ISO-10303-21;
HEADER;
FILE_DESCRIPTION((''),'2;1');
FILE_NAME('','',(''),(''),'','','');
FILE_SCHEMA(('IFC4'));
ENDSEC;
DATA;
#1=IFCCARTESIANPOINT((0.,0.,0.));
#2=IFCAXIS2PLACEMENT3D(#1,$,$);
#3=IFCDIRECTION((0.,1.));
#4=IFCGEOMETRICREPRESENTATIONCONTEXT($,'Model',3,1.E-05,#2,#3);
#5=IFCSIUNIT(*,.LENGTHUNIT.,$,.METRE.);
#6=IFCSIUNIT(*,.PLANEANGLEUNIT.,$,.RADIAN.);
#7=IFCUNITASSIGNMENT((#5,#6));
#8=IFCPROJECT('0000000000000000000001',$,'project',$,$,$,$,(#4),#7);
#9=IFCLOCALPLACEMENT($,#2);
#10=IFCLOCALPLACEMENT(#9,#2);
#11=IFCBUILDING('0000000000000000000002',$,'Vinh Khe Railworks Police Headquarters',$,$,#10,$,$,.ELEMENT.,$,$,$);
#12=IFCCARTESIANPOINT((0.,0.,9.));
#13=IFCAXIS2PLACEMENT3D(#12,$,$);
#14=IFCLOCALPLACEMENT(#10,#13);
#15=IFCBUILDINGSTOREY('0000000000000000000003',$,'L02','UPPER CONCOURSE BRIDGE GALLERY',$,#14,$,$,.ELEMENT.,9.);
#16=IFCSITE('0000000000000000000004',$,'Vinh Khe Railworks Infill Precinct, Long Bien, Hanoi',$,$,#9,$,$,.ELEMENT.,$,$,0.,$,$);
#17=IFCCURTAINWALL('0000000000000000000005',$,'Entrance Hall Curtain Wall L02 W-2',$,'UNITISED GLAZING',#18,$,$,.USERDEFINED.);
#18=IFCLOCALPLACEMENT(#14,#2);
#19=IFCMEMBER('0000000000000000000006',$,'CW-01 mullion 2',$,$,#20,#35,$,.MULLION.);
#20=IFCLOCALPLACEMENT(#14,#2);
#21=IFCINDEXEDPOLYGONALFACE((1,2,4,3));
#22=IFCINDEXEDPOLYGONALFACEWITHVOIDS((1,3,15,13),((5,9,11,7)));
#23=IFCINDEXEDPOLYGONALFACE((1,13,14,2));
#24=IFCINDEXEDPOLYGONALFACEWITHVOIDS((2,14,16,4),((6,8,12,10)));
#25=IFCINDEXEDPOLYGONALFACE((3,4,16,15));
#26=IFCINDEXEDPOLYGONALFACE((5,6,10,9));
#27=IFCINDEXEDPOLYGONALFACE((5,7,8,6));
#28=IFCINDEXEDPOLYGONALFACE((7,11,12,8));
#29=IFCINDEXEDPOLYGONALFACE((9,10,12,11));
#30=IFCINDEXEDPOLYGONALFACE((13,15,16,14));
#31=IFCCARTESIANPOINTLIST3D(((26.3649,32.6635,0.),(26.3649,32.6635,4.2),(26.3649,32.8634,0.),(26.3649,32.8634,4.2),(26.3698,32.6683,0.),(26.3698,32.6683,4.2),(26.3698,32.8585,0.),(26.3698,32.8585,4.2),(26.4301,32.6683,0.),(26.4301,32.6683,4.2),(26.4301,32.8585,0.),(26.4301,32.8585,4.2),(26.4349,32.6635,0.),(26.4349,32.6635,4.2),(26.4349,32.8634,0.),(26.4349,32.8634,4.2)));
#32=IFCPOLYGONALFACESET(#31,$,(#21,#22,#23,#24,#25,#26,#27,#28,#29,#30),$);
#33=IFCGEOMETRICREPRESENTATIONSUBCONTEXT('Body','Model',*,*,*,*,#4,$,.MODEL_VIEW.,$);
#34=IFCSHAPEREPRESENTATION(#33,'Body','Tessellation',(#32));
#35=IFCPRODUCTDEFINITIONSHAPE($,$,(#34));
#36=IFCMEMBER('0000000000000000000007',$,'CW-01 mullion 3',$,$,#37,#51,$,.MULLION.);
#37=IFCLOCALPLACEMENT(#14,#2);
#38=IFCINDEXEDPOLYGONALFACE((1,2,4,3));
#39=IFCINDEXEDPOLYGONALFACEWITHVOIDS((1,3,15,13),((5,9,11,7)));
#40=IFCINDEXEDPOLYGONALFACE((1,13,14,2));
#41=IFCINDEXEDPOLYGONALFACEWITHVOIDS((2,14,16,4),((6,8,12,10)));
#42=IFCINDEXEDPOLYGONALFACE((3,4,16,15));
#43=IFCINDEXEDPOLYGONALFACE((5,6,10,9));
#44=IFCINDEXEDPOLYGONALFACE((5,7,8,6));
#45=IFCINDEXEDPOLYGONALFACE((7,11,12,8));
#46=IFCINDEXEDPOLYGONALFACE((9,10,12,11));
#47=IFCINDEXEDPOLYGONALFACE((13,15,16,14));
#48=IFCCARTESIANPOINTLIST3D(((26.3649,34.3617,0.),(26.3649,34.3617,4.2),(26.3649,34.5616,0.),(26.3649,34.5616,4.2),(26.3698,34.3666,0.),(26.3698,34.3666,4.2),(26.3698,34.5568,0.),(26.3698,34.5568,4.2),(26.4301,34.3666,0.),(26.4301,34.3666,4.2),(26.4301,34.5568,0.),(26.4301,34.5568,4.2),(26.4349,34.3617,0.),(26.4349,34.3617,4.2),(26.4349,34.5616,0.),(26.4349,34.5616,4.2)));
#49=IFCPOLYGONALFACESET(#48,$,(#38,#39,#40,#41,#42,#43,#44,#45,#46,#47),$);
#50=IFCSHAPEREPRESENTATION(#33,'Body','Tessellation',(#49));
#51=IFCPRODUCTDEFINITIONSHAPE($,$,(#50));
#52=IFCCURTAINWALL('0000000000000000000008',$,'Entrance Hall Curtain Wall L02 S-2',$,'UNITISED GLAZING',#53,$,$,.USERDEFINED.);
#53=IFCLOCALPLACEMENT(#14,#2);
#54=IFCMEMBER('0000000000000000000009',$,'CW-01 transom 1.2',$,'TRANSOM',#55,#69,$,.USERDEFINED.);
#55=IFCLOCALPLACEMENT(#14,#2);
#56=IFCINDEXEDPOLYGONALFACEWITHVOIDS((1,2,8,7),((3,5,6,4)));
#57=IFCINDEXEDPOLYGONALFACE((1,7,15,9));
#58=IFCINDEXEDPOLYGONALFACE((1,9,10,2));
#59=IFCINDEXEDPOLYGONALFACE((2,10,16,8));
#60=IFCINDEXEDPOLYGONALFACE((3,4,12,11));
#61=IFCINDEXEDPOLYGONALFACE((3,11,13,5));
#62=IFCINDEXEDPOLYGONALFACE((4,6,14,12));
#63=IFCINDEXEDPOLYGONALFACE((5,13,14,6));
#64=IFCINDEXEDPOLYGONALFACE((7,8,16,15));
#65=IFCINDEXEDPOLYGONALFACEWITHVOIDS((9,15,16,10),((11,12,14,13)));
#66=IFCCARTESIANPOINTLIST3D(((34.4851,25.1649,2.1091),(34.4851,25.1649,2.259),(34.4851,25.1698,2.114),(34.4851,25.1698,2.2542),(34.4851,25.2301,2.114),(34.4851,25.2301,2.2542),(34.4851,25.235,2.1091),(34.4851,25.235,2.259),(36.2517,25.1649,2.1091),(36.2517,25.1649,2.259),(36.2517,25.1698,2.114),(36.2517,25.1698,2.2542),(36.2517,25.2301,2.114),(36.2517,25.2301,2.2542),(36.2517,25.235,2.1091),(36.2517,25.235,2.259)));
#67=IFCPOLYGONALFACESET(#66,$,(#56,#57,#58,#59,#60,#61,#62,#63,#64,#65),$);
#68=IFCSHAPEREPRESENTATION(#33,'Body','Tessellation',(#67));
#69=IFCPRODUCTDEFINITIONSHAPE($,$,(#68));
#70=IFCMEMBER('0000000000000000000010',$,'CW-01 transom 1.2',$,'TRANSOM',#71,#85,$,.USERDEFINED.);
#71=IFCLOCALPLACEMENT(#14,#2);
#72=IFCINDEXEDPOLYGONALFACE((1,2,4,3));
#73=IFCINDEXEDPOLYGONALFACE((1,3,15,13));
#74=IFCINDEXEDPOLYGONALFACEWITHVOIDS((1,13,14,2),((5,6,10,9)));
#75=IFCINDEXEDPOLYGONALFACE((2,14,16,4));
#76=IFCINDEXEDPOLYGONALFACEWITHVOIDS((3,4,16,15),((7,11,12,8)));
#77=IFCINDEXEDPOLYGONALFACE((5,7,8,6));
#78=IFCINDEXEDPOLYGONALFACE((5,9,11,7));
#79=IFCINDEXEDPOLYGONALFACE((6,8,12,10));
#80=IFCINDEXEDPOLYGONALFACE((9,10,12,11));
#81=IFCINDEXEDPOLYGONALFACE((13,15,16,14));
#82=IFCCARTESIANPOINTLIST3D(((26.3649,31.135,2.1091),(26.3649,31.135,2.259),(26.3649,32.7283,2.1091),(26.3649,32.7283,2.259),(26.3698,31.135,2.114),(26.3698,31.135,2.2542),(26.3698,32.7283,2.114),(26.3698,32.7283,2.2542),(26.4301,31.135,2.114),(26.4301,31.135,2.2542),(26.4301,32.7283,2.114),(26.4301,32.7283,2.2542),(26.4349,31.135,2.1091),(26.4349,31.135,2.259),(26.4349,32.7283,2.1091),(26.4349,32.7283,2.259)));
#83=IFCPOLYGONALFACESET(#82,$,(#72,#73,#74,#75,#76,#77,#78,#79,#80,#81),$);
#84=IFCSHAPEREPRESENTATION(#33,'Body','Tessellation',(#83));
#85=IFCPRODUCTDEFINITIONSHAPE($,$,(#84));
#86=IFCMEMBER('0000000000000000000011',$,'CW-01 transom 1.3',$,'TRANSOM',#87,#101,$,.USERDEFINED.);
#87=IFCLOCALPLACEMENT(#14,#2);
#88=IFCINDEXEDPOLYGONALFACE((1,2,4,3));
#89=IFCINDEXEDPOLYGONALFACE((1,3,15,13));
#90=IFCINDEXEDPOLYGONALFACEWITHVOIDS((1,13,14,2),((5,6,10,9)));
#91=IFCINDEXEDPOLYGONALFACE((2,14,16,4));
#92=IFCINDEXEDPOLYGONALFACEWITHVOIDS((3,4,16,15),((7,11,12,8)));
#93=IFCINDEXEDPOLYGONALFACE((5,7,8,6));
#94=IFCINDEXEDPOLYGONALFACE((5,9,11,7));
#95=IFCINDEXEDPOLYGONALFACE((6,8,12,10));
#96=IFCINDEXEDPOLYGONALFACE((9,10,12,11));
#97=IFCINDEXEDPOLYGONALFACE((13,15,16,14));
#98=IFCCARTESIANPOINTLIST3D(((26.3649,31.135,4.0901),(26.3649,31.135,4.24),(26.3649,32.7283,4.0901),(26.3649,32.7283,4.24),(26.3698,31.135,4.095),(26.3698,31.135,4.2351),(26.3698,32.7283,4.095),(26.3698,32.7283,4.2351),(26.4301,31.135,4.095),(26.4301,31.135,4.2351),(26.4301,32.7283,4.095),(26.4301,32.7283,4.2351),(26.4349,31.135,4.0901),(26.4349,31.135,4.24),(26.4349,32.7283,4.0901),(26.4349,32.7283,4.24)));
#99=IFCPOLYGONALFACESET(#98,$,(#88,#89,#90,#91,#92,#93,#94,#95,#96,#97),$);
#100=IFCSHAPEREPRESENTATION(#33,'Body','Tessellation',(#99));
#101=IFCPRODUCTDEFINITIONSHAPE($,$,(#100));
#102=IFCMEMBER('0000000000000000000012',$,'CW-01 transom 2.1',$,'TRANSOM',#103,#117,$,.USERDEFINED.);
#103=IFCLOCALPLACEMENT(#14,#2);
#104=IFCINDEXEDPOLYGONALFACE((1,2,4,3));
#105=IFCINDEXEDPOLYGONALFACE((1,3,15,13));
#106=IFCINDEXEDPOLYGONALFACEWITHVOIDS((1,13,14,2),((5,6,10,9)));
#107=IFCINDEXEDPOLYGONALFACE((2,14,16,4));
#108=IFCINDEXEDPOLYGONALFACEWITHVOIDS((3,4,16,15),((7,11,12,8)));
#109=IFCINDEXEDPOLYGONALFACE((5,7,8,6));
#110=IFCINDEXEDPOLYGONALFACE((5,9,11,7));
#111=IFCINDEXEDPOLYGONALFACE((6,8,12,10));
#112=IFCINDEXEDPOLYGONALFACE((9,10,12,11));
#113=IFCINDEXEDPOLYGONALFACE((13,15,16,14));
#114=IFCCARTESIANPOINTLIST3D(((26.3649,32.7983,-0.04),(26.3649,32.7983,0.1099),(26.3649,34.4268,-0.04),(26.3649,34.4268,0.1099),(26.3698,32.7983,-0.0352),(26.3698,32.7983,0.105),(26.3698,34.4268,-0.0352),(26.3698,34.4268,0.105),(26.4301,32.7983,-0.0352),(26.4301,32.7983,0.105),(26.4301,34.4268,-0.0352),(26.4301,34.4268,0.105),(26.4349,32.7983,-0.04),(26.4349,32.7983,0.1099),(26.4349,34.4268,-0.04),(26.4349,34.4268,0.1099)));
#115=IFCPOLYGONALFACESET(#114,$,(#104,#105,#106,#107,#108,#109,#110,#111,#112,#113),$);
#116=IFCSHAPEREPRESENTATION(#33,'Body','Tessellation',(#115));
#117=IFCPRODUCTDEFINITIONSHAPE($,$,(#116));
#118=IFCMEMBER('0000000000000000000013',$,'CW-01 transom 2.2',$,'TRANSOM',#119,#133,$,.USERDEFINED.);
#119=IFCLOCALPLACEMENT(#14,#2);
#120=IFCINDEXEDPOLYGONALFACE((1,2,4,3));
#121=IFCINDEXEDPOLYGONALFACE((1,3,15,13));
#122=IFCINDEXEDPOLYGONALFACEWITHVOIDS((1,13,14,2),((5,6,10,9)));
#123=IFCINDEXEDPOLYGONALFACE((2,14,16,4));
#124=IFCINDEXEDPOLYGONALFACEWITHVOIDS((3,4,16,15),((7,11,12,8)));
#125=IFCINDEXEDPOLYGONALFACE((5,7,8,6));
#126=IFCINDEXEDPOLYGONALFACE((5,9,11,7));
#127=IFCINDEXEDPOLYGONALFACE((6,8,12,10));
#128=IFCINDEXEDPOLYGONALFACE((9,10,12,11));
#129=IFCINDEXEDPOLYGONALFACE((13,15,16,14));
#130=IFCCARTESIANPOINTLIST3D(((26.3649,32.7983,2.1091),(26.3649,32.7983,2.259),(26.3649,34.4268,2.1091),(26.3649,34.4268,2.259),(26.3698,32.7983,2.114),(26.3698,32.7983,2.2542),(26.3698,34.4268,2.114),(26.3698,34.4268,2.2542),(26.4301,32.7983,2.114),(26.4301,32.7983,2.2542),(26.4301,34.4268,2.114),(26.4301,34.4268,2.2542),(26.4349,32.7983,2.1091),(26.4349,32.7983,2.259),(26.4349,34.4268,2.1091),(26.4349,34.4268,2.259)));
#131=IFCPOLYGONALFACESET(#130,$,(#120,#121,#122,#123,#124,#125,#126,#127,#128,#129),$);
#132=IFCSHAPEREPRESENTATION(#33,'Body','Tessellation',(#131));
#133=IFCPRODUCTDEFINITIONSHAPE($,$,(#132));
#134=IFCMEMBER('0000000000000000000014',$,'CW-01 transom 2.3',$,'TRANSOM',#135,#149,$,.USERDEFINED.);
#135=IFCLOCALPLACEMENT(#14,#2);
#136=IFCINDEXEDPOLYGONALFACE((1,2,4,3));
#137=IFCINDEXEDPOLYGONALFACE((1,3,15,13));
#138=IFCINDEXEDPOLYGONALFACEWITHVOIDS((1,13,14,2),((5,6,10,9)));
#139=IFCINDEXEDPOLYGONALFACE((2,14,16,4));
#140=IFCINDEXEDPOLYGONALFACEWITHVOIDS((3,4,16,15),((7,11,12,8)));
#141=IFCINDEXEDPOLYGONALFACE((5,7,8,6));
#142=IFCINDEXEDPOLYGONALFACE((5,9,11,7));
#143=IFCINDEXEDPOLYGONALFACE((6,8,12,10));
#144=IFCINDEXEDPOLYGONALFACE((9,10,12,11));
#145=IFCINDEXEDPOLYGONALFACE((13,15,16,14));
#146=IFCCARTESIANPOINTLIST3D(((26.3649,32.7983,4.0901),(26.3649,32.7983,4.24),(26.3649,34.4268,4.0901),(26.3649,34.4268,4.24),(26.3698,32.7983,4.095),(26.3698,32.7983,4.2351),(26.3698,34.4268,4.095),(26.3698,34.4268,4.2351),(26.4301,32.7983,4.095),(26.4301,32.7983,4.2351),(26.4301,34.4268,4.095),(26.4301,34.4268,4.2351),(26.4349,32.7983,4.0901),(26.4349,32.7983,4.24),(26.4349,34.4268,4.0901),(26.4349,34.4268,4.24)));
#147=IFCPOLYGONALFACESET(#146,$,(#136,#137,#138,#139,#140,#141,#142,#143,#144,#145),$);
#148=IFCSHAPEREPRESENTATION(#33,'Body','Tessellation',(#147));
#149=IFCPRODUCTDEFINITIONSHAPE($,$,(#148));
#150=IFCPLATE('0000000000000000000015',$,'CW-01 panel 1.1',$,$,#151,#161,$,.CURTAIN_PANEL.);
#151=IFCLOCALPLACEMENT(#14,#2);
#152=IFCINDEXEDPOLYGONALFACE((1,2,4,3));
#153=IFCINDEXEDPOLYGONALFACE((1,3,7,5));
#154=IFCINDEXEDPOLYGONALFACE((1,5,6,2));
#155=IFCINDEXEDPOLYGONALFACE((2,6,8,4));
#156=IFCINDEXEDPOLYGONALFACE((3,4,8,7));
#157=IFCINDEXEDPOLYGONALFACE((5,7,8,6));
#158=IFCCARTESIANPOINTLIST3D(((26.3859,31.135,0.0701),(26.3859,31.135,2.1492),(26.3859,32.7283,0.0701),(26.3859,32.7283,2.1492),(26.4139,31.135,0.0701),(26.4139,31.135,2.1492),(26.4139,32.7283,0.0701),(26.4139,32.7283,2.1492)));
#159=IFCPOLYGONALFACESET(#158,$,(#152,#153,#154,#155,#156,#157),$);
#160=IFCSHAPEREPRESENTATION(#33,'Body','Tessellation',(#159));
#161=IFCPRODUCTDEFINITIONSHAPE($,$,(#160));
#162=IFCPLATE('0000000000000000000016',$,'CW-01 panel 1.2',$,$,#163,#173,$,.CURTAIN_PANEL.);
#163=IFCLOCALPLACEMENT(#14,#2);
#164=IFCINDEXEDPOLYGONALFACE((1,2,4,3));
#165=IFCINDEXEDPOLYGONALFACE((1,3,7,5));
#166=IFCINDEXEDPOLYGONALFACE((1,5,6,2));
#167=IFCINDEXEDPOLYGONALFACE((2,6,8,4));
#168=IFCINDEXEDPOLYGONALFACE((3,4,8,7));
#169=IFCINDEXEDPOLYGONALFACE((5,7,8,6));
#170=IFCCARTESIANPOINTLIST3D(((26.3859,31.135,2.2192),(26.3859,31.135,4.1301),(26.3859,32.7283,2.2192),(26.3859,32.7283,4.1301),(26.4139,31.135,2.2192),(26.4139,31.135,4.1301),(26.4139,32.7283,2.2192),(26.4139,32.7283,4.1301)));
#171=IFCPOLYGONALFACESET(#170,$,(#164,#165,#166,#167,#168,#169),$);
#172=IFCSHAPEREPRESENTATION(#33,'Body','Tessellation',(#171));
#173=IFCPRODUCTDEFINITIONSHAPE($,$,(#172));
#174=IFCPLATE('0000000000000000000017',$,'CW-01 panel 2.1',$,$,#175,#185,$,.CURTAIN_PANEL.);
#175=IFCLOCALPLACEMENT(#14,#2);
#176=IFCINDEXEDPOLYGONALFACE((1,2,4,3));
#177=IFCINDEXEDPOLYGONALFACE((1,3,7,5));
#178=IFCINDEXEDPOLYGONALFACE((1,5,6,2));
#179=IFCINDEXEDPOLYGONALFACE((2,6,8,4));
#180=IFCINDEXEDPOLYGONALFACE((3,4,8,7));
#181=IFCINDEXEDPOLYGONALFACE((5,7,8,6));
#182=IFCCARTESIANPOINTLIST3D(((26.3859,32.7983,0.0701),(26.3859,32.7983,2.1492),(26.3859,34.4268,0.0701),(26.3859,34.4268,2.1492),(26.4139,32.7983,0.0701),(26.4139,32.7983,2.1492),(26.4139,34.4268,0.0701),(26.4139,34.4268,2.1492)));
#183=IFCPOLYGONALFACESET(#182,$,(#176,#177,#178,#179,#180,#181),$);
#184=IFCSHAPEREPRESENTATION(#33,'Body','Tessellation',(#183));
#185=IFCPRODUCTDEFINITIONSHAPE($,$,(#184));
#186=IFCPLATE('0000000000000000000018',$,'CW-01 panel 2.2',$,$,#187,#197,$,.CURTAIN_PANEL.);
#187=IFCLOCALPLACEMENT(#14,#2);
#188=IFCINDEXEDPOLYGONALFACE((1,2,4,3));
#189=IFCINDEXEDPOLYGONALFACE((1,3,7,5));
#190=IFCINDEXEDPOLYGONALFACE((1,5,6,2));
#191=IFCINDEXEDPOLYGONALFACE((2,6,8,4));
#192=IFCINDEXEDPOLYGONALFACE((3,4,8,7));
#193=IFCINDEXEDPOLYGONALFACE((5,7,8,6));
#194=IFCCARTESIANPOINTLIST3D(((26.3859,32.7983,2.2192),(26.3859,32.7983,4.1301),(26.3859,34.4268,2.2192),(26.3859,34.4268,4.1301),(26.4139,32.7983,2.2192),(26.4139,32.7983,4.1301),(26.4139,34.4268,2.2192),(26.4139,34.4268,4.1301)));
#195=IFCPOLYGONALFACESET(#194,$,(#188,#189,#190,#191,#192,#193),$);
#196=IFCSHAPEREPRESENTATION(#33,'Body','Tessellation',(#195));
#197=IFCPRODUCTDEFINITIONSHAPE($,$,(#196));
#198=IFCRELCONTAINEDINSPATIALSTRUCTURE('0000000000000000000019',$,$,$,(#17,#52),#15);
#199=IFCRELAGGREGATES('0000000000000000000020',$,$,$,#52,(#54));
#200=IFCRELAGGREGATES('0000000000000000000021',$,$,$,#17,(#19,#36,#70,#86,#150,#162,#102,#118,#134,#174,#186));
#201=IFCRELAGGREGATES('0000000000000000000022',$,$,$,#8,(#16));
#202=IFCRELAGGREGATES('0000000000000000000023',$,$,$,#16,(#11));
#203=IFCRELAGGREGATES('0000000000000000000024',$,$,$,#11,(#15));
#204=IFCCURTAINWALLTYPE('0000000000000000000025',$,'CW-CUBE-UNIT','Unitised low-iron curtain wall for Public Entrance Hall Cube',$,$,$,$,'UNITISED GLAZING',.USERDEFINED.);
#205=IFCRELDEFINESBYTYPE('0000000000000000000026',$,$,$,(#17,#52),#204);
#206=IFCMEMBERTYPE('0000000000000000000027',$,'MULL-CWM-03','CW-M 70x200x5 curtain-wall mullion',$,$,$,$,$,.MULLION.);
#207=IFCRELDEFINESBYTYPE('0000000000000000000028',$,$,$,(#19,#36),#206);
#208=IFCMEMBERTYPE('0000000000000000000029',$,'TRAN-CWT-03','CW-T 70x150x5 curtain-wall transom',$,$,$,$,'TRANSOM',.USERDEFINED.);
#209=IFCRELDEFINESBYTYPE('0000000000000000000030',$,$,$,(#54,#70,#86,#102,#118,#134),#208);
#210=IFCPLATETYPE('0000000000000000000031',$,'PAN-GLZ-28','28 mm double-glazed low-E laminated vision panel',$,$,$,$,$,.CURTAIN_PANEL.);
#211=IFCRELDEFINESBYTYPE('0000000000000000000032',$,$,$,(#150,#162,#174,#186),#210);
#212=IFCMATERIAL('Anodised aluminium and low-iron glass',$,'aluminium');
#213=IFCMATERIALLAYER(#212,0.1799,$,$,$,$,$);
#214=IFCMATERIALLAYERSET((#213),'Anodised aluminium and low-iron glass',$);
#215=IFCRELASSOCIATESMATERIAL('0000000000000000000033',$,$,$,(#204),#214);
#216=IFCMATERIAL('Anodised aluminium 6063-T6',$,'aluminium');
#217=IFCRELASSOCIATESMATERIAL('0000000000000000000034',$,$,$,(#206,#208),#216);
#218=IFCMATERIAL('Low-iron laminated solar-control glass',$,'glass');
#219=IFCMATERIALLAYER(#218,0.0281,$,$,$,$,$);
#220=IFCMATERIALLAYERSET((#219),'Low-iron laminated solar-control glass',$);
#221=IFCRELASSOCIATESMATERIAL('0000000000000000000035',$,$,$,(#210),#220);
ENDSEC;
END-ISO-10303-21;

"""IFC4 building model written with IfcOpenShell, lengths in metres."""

from ifc_helpers import new_model, si_unit, direction, frame, origin, origin_2d, place, context, subcontext, project, spatial, rectangle, hollow_rectangle, extrude, material, layer, layer_set, material_profile, profile_set, type_object, element, aggregate, save


model = new_model("IFC4")

# Units and contexts
model_context = context("Model", 3, precision=1e-05, world=origin(), true_north=direction((0.0, 1.0)))
body_context = subcontext(model_context, "Body", "Model", "MODEL_VIEW")
ifc_project = project(units=[si_unit("LENGTHUNIT", "METRE"), si_unit("PLANEANGLEUNIT", "RADIAN")], contexts=[model_context])

# Site, building, storey
site_placement = place(None, origin())
site = spatial("IfcSite", under=ifc_project, at=site_placement, Name="Vinh Khe Railworks Infill Precinct, Long Bien, Hanoi", CompositionType="ELEMENT", RefElevation=0.0)
building_placement = place(site_placement, origin())
building = spatial("IfcBuilding", under=site, at=building_placement, Name="Vinh Khe Railworks Police Headquarters", CompositionType="ELEMENT")
storey_placement = place(building_placement, frame((0.0, 0.0, 9.0)))
storey = spatial("IfcBuildingStorey", under=building, at=storey_placement, Name="L02", Description="UPPER CONCOURSE BRIDGE GALLERY", CompositionType="ELEMENT", Elevation=9.0)

# Curtain wall, members
ifc_material_1 = material(Name="Anodised aluminium and low-iron glass", Category="aluminium")
ifc_layer_1 = layer(ifc_material_1, 0.1799)
ifc_layer_set_1 = layer_set([ifc_layer_1], Name="Anodised aluminium and low-iron glass")
curtain_wall_type = type_object("IfcCurtainWallType", Name="CW-CUBE-UNIT", Description="Unitised low-iron curtain wall for Public Entrance Hall Cube", ElementType="UNITISED GLAZING", PredefinedType="USERDEFINED", material=ifc_layer_set_1)
curtain_wall_1_placement = place(storey_placement, origin())
curtain_wall_1 = element("IfcCurtainWall", 1, at=curtain_wall_1_placement, inside=storey, type_object=curtain_wall_type, Name="Entrance Hall Curtain Wall L02 W-2", ObjectType="UNITISED GLAZING", PredefinedType="USERDEFINED")
ifc_material_2 = material(Name="Anodised aluminium 6063-T6", Category="aluminium")
ifc_material_profile_1 = material_profile(ifc_material_2, hollow_rectangle(XDim=0.0701, YDim=0.2, WallThickness=0.0049, at=origin_2d()), Name="CW-M 70x200x5")
ifc_profile_set_1 = profile_set([ifc_material_profile_1], Name="Anodised aluminium 6063-T6")
member_type_1 = type_object("IfcMemberType", Name="MULL-CWM-03", Description="CW-M 70x200x5 curtain-wall mullion", PredefinedType="MULLION", material=ifc_profile_set_1)
member_1_placement = place(storey_placement, frame((26.3999, 32.7634, 0.0), z_axis=(0.0, 0.0, 1.0), x_axis=(-1.0, 0.0, 0.0)))
member_1 = element("IfcMember", 2, at=member_1_placement, type_object=member_type_1, Name="CW-01 mullion 2", PredefinedType="MULLION", context=body_context, shape_type="SweptSolid", body=[
    extrude(hollow_rectangle(XDim=0.0701, YDim=0.2, WallThickness=0.0049, at=origin_2d()), origin(), (0.0, 0.0, 1.0), 4.2),
])
member_2_placement = place(storey_placement, frame((26.3999, 34.4617, 0.0), z_axis=(0.0, 0.0, 1.0), x_axis=(-1.0, 0.0, 0.0)))
member_2 = element("IfcMember", 3, at=member_2_placement, type_object=member_type_1, Name="CW-01 mullion 3", PredefinedType="MULLION", context=body_context, shape_type="SweptSolid", body=[
    extrude(hollow_rectangle(XDim=0.0701, YDim=0.2, WallThickness=0.0049, at=origin_2d()), origin(), (0.0, 0.0, 1.0), 4.2),
])

# Curtain wall, member
curtain_wall_2_placement = place(storey_placement, origin())
curtain_wall_2 = element("IfcCurtainWall", 4, at=curtain_wall_2_placement, inside=storey, type_object=curtain_wall_type, Name="Entrance Hall Curtain Wall L02 S-2", ObjectType="UNITISED GLAZING", PredefinedType="USERDEFINED")
ifc_material_profile_2 = material_profile(ifc_material_2, hollow_rectangle(XDim=0.0701, YDim=0.1499, WallThickness=0.0049, at=origin_2d()), Name="CW-T 70x150x5")
ifc_profile_set_2 = profile_set([ifc_material_profile_2], Name="Anodised aluminium 6063-T6")
member_type_2 = type_object("IfcMemberType", Name="TRAN-CWT-03", Description="CW-T 70x150x5 curtain-wall transom", ElementType="TRANSOM", PredefinedType="USERDEFINED", material=ifc_profile_set_2)
member_3_placement = place(storey_placement, frame((34.4851, 25.2, 2.1841), z_axis=(1.0, 0.0, 0.0), x_axis=(0.0, 1.0, 0.0)))
member_3 = element("IfcMember", 5, at=member_3_placement, type_object=member_type_2, Name="CW-01 transom 1.2", ObjectType="TRANSOM", PredefinedType="USERDEFINED", context=body_context, shape_type="SweptSolid", body=[
    extrude(hollow_rectangle(XDim=0.0701, YDim=0.1499, WallThickness=0.0049, at=origin_2d()), origin(), (0.0, 0.0, 1.0), 1.7666),
])
aggregate(curtain_wall_2, [member_3])

# Members
member_4_placement = place(storey_placement, frame((26.3999, 31.135, 2.1841), z_axis=(0.0, 1.0, 0.0), x_axis=(-1.0, 0.0, 0.0)))
member_4 = element("IfcMember", 6, at=member_4_placement, type_object=member_type_2, Name="CW-01 transom 1.2", ObjectType="TRANSOM", PredefinedType="USERDEFINED", context=body_context, shape_type="SweptSolid", body=[
    extrude(hollow_rectangle(XDim=0.0701, YDim=0.1499, WallThickness=0.0049, at=origin_2d()), origin(), (0.0, 0.0, 1.0), 1.5933),
])
member_5_placement = place(storey_placement, frame((26.3999, 31.135, 4.165), z_axis=(0.0, 1.0, 0.0), x_axis=(-1.0, 0.0, 0.0)))
member_5 = element("IfcMember", 7, at=member_5_placement, type_object=member_type_2, Name="CW-01 transom 1.3", ObjectType="TRANSOM", PredefinedType="USERDEFINED", context=body_context, shape_type="SweptSolid", body=[
    extrude(hollow_rectangle(XDim=0.0701, YDim=0.1499, WallThickness=0.0049, at=origin_2d()), origin(), (0.0, 0.0, 1.0), 1.5933),
])
member_6_placement = place(storey_placement, frame((26.3999, 32.7983, 0.0349), z_axis=(0.0, 1.0, 0.0), x_axis=(-1.0, 0.0, 0.0)))
member_6 = element("IfcMember", 8, at=member_6_placement, type_object=member_type_2, Name="CW-01 transom 2.1", ObjectType="TRANSOM", PredefinedType="USERDEFINED", context=body_context, shape_type="SweptSolid", body=[
    extrude(hollow_rectangle(XDim=0.0701, YDim=0.1499, WallThickness=0.0049, at=origin_2d()), origin(), (0.0, 0.0, 1.0), 1.6284),
])
member_7_placement = place(storey_placement, frame((26.3999, 32.7983, 2.1841), z_axis=(0.0, 1.0, 0.0), x_axis=(-1.0, 0.0, 0.0)))
member_7 = element("IfcMember", 9, at=member_7_placement, type_object=member_type_2, Name="CW-01 transom 2.2", ObjectType="TRANSOM", PredefinedType="USERDEFINED", context=body_context, shape_type="SweptSolid", body=[
    extrude(hollow_rectangle(XDim=0.0701, YDim=0.1499, WallThickness=0.0049, at=origin_2d()), origin(), (0.0, 0.0, 1.0), 1.6284),
])
member_8_placement = place(storey_placement, frame((26.3999, 32.7983, 4.165), z_axis=(0.0, 1.0, 0.0), x_axis=(-1.0, 0.0, 0.0)))
member_8 = element("IfcMember", 10, at=member_8_placement, type_object=member_type_2, Name="CW-01 transom 2.3", ObjectType="TRANSOM", PredefinedType="USERDEFINED", context=body_context, shape_type="SweptSolid", body=[
    extrude(hollow_rectangle(XDim=0.0701, YDim=0.1499, WallThickness=0.0049, at=origin_2d()), origin(), (0.0, 0.0, 1.0), 1.6284),
])

# Plates
ifc_material_3 = material(Name="Low-iron laminated solar-control glass", Category="glass")
ifc_layer_2 = layer(ifc_material_3, 0.0281)
ifc_layer_set_2 = layer_set([ifc_layer_2], Name="Low-iron laminated solar-control glass")
plate_type = type_object("IfcPlateType", Name="PAN-GLZ-28", Description="28 mm double-glazed low-E laminated vision panel", PredefinedType="CURTAIN_PANEL", material=ifc_layer_set_2)
plate_1_placement = place(storey_placement, frame((26.3999, 31.9316, 0.0701), z_axis=(0.0, 0.0, 1.0), x_axis=(0.0, 1.0, 0.0)))
plate_1 = element("IfcPlate", 11, at=plate_1_placement, type_object=plate_type, Name="CW-01 panel 1.1", PredefinedType="CURTAIN_PANEL", context=body_context, shape_type="SweptSolid", body=[
    extrude(rectangle(XDim=1.5933, YDim=0.0281, at=origin_2d()), origin(), (0.0, 0.0, 1.0), 2.0791),
])
plate_2_placement = place(storey_placement, frame((26.3999, 31.9316, 2.2192), z_axis=(0.0, 0.0, 1.0), x_axis=(0.0, 1.0, 0.0)))
plate_2 = element("IfcPlate", 12, at=plate_2_placement, type_object=plate_type, Name="CW-01 panel 1.2", PredefinedType="CURTAIN_PANEL", context=body_context, shape_type="SweptSolid", body=[
    extrude(rectangle(XDim=1.5933, YDim=0.0281, at=origin_2d()), origin(), (0.0, 0.0, 1.0), 1.9109),
])
plate_3_placement = place(storey_placement, frame((26.3999, 33.6125, 0.0701), z_axis=(0.0, 0.0, 1.0), x_axis=(0.0, 1.0, 0.0)))
plate_3 = element("IfcPlate", 13, at=plate_3_placement, type_object=plate_type, Name="CW-01 panel 2.1", PredefinedType="CURTAIN_PANEL", context=body_context, shape_type="SweptSolid", body=[
    extrude(rectangle(XDim=1.6284, YDim=0.0281, at=origin_2d()), origin(), (0.0, 0.0, 1.0), 2.0791),
])
plate_4_placement = place(storey_placement, frame((26.3999, 33.6125, 2.2192), z_axis=(0.0, 0.0, 1.0), x_axis=(0.0, 1.0, 0.0)))
plate_4 = element("IfcPlate", 14, at=plate_4_placement, type_object=plate_type, Name="CW-01 panel 2.2", PredefinedType="CURTAIN_PANEL", context=body_context, shape_type="SweptSolid", body=[
    extrude(rectangle(XDim=1.6284, YDim=0.0281, at=origin_2d()), origin(), (0.0, 0.0, 1.0), 1.9109),
])
aggregate(curtain_wall_1, [member_1, member_2, member_4, member_5, plate_1, plate_2, member_6, member_7, member_8, plate_3, plate_4])

save(model, "model.ifc")
